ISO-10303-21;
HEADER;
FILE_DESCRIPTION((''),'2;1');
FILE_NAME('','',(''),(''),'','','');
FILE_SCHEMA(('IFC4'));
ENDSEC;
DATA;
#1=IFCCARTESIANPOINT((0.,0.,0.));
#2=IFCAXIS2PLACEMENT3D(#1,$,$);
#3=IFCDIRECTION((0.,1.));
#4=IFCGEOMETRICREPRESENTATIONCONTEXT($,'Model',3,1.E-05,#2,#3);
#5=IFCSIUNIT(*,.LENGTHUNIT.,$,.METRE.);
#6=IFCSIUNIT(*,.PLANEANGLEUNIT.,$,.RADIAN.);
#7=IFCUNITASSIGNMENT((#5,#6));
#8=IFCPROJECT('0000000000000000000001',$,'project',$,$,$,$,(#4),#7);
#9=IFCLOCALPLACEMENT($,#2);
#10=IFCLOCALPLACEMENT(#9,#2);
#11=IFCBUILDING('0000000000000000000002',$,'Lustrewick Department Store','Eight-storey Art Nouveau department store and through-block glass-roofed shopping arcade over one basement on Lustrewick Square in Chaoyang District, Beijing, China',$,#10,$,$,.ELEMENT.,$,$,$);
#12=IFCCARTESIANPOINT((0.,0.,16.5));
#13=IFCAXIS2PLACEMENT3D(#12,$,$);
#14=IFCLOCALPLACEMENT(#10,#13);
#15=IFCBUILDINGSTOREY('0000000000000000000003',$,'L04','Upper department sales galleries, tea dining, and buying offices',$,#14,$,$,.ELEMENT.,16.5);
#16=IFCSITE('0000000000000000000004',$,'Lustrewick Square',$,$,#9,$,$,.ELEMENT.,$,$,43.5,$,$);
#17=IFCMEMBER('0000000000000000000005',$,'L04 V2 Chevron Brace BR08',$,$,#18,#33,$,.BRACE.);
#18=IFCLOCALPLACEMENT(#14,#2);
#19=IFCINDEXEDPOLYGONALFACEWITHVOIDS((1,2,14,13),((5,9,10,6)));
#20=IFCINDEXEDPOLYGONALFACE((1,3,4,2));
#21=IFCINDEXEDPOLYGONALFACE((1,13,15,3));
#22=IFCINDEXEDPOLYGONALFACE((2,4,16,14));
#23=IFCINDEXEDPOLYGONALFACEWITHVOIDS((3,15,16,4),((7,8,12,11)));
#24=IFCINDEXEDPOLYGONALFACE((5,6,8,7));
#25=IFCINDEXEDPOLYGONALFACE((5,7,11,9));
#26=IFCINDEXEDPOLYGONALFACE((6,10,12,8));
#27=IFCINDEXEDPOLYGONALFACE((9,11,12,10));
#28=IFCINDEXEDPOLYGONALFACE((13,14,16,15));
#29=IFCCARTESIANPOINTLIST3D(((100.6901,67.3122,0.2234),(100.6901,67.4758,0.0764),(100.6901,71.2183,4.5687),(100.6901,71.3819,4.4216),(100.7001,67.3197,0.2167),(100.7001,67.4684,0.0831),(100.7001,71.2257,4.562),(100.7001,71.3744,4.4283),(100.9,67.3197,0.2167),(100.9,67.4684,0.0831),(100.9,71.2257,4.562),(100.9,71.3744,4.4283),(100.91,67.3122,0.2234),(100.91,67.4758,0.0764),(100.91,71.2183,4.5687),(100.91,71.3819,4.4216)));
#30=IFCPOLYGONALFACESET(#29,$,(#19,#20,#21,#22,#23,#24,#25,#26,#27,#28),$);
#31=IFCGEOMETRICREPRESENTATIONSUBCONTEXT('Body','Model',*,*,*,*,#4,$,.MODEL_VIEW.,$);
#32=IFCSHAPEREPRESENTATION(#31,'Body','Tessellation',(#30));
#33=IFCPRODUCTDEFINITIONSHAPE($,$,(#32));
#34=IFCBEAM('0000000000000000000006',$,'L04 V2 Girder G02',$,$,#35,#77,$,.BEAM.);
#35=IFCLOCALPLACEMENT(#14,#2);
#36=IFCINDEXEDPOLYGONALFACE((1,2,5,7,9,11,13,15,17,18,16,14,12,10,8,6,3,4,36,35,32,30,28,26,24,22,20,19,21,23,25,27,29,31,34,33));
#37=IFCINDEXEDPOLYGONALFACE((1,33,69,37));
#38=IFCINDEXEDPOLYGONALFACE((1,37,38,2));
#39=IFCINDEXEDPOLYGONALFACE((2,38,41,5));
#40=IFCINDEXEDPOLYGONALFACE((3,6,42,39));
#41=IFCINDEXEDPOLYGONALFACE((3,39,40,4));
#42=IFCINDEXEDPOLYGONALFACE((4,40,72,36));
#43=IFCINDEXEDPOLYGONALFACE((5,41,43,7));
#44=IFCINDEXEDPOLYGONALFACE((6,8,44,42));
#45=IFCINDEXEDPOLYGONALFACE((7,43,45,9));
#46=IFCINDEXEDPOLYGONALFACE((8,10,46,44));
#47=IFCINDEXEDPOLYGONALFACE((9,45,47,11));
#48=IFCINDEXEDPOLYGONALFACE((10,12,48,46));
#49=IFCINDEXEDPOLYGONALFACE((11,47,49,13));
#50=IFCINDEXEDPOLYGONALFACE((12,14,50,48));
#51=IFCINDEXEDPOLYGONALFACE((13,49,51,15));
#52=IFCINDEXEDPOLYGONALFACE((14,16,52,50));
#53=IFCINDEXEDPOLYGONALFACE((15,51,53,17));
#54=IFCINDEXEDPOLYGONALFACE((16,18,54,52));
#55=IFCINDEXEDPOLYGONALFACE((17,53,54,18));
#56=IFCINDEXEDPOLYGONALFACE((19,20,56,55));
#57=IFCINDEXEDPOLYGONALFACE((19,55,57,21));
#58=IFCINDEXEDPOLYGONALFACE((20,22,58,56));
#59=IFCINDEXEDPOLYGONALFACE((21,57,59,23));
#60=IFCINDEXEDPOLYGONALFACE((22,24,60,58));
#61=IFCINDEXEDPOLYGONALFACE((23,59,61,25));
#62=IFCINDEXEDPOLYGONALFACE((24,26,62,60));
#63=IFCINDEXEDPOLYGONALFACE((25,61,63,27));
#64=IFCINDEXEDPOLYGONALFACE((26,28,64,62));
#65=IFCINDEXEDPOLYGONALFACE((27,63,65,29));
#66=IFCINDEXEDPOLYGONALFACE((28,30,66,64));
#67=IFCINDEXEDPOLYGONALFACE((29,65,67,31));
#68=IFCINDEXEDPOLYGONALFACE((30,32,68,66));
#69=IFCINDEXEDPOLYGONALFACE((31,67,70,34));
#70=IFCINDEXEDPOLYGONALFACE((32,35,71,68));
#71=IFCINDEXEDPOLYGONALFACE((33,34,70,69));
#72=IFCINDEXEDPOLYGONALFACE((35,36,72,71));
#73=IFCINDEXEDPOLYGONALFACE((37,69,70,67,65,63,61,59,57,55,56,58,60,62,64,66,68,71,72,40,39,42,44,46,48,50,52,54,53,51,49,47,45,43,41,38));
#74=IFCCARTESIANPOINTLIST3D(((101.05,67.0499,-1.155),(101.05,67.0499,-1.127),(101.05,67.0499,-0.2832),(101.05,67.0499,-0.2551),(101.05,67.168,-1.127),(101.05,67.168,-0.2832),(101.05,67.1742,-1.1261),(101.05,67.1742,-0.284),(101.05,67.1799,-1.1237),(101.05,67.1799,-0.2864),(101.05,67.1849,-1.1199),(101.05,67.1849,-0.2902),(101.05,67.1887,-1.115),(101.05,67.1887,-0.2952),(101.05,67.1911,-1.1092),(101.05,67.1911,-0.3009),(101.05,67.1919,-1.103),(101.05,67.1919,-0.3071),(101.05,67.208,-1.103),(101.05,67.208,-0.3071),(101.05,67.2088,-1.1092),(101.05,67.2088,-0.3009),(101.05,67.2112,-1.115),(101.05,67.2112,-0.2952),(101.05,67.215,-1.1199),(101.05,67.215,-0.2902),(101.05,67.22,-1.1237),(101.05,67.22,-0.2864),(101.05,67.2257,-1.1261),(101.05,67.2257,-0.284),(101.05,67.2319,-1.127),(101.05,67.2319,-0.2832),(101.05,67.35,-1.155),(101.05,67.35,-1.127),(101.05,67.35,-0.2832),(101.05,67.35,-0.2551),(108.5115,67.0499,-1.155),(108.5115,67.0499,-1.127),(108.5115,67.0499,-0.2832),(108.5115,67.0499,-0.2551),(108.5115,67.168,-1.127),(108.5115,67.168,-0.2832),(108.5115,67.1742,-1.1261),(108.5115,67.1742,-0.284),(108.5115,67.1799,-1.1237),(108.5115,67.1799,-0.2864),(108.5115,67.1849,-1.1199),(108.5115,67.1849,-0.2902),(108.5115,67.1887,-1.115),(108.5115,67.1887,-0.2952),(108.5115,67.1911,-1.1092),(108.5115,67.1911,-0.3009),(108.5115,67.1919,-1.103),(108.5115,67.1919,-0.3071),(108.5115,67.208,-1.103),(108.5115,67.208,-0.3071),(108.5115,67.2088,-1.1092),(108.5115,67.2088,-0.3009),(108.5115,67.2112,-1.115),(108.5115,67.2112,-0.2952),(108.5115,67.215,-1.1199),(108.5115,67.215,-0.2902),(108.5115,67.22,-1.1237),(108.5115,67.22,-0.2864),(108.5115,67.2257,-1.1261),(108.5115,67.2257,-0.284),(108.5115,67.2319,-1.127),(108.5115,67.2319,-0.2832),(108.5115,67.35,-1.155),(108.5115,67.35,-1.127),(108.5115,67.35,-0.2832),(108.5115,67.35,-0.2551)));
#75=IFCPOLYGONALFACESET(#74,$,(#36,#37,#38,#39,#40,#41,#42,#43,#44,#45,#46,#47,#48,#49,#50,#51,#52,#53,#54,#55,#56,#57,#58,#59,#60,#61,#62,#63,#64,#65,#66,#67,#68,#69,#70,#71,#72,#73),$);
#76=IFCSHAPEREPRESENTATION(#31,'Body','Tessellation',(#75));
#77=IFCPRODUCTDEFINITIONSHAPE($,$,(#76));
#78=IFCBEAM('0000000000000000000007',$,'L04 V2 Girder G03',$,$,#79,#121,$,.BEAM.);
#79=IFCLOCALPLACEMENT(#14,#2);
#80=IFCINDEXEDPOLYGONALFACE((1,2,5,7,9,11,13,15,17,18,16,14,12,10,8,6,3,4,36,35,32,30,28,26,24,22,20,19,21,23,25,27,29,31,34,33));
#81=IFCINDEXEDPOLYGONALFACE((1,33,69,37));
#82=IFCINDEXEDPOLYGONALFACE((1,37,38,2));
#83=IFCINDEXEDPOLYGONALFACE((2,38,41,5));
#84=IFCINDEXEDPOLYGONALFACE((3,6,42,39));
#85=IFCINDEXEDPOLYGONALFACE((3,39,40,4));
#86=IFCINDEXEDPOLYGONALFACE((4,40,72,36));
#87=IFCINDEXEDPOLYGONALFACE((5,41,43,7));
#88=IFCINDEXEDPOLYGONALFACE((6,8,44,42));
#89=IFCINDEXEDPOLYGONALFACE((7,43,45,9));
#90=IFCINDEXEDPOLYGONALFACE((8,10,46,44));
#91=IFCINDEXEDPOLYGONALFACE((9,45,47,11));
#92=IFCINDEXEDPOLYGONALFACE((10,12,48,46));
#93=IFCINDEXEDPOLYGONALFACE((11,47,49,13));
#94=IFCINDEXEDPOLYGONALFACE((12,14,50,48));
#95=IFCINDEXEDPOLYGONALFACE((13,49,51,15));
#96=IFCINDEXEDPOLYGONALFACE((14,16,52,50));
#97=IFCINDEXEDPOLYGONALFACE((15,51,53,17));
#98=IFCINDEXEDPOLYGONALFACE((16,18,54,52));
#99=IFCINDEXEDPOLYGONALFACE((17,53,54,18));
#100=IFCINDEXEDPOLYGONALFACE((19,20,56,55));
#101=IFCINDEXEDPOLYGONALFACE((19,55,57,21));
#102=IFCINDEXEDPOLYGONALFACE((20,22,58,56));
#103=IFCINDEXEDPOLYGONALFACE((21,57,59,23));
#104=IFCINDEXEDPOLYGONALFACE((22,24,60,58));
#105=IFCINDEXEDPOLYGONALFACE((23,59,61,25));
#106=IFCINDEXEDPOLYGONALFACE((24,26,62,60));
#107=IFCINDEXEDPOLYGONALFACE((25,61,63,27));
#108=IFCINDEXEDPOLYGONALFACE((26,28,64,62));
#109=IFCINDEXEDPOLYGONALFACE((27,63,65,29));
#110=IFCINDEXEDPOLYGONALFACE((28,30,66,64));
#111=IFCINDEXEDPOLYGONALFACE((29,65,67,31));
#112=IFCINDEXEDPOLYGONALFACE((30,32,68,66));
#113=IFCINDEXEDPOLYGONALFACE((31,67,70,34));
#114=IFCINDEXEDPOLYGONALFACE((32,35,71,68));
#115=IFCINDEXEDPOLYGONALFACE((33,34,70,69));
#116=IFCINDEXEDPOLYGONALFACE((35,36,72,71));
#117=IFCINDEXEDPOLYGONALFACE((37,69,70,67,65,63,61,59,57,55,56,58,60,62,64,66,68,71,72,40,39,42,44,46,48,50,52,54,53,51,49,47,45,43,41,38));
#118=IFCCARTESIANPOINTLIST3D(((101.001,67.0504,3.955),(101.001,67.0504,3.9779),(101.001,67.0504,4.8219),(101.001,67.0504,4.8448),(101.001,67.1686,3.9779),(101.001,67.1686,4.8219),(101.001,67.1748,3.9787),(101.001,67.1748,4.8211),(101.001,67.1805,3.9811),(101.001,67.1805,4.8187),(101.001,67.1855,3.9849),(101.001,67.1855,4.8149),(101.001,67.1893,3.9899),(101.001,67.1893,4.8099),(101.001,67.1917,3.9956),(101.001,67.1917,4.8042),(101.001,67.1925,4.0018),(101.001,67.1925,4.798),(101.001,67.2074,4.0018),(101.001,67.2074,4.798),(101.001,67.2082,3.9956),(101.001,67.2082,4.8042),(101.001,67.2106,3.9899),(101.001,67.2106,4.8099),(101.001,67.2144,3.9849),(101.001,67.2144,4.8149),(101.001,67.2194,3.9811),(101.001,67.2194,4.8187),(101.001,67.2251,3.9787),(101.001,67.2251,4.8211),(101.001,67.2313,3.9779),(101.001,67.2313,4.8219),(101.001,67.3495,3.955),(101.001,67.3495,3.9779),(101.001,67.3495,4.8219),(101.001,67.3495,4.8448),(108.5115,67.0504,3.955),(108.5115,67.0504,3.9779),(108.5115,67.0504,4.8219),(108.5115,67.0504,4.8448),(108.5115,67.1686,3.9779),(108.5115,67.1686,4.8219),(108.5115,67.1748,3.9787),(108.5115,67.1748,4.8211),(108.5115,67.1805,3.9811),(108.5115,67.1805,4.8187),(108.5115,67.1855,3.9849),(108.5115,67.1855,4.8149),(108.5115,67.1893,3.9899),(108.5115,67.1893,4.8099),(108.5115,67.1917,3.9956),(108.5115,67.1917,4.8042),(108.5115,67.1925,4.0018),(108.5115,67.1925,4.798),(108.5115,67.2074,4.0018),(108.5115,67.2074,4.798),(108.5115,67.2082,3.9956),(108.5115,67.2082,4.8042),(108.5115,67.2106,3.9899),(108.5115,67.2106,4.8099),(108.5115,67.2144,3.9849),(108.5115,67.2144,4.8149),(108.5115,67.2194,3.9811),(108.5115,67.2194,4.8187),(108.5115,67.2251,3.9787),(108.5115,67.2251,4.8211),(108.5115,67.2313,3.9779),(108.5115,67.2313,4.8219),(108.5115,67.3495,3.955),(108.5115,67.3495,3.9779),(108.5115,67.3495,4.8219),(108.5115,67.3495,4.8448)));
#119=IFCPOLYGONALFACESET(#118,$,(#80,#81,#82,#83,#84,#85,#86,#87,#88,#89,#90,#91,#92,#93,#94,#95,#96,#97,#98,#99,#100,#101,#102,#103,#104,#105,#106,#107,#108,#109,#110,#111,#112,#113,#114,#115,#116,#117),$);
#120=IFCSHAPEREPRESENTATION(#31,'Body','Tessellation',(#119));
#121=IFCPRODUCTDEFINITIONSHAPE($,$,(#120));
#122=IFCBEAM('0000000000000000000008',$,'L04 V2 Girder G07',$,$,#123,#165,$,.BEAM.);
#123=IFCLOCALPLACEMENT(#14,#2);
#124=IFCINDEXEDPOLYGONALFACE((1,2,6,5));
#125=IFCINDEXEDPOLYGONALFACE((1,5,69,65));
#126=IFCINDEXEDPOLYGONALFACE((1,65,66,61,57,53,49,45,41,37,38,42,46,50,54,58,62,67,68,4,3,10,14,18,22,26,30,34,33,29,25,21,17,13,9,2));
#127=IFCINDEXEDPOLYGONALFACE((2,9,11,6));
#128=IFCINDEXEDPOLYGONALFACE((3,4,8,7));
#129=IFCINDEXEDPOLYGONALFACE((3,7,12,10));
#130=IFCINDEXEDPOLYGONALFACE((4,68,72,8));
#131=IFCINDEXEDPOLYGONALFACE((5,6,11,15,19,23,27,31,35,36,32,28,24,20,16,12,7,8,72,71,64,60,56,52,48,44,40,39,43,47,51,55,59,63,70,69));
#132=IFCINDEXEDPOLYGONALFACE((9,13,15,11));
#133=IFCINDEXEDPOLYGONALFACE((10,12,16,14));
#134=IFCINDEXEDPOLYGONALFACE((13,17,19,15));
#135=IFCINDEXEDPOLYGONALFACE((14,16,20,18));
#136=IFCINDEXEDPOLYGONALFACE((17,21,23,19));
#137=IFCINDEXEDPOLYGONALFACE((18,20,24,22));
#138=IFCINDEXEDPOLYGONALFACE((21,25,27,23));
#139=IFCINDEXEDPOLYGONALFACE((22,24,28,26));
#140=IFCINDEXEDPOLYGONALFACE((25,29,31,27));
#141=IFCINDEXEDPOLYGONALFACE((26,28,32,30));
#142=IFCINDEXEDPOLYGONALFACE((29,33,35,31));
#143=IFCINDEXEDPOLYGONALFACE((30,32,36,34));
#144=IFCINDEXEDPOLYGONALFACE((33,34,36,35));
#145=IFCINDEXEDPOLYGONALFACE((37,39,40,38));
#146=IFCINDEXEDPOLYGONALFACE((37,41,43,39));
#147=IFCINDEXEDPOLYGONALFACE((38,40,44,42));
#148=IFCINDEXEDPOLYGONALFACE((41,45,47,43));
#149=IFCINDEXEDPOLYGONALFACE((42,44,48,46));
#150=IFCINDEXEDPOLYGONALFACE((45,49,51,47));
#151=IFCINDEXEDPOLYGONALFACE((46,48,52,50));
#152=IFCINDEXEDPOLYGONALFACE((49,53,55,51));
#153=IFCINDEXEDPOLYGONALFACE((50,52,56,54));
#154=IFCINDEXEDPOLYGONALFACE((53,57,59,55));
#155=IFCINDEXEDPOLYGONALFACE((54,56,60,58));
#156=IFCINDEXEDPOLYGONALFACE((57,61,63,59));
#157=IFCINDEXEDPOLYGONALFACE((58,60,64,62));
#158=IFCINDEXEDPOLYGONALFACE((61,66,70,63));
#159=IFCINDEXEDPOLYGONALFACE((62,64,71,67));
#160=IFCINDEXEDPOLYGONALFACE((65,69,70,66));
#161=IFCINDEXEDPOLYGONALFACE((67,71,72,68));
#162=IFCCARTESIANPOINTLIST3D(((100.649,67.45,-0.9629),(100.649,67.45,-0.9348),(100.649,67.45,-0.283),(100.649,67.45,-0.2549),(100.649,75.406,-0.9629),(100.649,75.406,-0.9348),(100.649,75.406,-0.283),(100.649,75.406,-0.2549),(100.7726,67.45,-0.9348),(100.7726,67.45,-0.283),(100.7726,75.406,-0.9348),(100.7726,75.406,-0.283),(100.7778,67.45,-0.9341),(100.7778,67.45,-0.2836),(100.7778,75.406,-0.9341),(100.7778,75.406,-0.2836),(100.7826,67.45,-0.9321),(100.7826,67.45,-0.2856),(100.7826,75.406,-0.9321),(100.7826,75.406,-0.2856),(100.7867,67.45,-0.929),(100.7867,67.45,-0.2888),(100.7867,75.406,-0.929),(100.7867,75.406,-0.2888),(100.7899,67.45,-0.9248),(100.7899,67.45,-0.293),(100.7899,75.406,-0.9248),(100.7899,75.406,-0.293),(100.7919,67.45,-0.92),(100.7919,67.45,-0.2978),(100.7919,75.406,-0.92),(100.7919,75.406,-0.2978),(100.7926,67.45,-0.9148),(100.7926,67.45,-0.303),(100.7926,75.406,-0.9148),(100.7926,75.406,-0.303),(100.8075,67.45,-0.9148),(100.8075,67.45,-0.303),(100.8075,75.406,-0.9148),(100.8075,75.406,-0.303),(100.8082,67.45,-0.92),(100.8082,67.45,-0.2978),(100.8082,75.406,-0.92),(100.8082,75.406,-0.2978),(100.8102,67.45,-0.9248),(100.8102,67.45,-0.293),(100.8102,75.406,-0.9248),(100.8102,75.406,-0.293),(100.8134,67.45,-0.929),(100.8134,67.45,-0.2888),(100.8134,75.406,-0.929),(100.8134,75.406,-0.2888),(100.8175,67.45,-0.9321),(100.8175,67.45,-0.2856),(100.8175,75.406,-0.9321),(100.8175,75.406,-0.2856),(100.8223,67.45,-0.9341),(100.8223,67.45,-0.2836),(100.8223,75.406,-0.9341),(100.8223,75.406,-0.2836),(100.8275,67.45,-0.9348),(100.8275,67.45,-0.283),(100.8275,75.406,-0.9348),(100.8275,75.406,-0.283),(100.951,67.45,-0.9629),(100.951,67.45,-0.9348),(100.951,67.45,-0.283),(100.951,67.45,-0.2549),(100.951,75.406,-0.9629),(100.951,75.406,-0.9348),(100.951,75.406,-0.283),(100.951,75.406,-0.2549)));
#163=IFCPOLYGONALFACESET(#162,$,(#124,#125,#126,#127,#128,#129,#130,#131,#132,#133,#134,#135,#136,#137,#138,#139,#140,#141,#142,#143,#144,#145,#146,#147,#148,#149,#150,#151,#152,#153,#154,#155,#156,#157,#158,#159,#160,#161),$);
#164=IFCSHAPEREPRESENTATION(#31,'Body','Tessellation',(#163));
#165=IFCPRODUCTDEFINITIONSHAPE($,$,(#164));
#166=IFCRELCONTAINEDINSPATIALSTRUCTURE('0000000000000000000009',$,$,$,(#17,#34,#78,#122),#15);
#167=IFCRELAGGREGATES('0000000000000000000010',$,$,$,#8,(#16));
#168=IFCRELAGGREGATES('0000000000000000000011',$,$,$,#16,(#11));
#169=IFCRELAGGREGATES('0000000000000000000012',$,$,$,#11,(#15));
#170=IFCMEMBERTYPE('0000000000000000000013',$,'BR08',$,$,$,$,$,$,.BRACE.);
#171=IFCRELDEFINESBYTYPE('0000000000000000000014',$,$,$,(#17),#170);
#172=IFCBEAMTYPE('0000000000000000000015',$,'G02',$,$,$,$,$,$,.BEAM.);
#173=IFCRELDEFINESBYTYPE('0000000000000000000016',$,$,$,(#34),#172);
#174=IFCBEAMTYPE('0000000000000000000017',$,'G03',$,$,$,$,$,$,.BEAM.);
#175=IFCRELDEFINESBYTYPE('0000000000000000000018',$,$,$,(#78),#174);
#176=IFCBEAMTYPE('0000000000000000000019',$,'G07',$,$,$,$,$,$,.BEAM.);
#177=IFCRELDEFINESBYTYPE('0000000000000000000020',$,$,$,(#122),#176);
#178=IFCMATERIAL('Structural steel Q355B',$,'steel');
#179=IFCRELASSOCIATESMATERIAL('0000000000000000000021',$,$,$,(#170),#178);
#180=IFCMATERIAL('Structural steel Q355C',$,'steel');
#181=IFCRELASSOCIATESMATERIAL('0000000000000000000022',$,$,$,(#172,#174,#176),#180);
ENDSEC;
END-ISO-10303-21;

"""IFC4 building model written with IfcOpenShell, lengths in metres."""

from ifc_helpers import new_model, si_unit, direction, frame, origin, origin_2d, place, context, subcontext, project, spatial, hollow_rectangle, i_section, extrude, material, material_profile, profile_set, type_object, element, save


model = new_model("IFC4")

# Units and contexts
model_context = context("Model", 3, precision=1e-05, world=origin(), true_north=direction((0.0, 1.0)))
body_context = subcontext(model_context, "Body", "Model", "MODEL_VIEW")
ifc_project = project(units=[si_unit("LENGTHUNIT", "METRE"), si_unit("PLANEANGLEUNIT", "RADIAN")], contexts=[model_context])

# Site, building, storey
site_placement = place(None, origin())
site = spatial("IfcSite", under=ifc_project, at=site_placement, Name="Lustrewick Square", CompositionType="ELEMENT", RefElevation=43.5)
building_placement = place(site_placement, origin())
building = spatial("IfcBuilding", under=site, at=building_placement, Name="Lustrewick Department Store", Description="Eight-storey Art Nouveau department store and through-block glass-roofed shopping arcade over one basement on Lustrewick Square in Chaoyang District, Beijing, China", CompositionType="ELEMENT")
storey_placement = place(building_placement, frame((0.0, 0.0, 16.5)))
storey = spatial("IfcBuildingStorey", under=building, at=storey_placement, Name="L04", Description="Upper department sales galleries, tea dining, and buying offices", CompositionType="ELEMENT", Elevation=16.5)

# Shared definitions
ifc_material_1 = material(Name="Structural steel Q355B", Category="steel")

# Member
ifc_material_profile_1 = material_profile(ifc_material_1, hollow_rectangle(XDim=0.22, YDim=0.22, WallThickness=0.01, at=origin_2d()), Name="SHS 220x220x10")
ifc_profile_set_1 = profile_set([ifc_material_profile_1], Name="Structural steel Q355B")
member_type = type_object("IfcMemberType", Name="BR08", PredefinedType="BRACE", material=ifc_profile_set_1)
member_placement = place(storey_placement, frame((100.8, 67.394, 0.1499), z_axis=(0.0, 0.668521, 0.743693), x_axis=(-1.0, 0.0, 0.0)))
element("IfcMember", 1, at=member_placement, inside=storey, type_object=member_type, Name="L04 V2 Chevron Brace BR08", PredefinedType="BRACE", context=body_context, shape_type="SweptSolid", body=[
    extrude(hollow_rectangle(XDim=0.22, YDim=0.22, WallThickness=0.01, at=origin_2d()), origin(), (0.0, 0.0, 1.0), 5.8428),
])

# Beams
ifc_material_2 = material(Name="Structural steel Q355C", Category="steel")
ifc_material_profile_2 = material_profile(ifc_material_2, i_section(OverallWidth=0.3, OverallDepth=0.8999, WebThickness=0.0161, FlangeThickness=0.0281, FilletRadius=0.0239, at=origin_2d()), Name="HN 900x300x16x28")
ifc_profile_set_2 = profile_set([ifc_material_profile_2], Name="Structural steel Q355C")
beam_type_1 = type_object("IfcBeamType", Name="G02", PredefinedType="BEAM", material=ifc_profile_set_2)
beam_1_placement = place(storey_placement, frame((101.05, 67.2, -0.7051), z_axis=(1.0, 0.0, 0.0), x_axis=(0.0, 1.0, 0.0)))
element("IfcBeam", 2, at=beam_1_placement, inside=storey, type_object=beam_type_1, Name="L04 V2 Girder G02", PredefinedType="BEAM", context=body_context, shape_type="SweptSolid", body=[
    extrude(i_section(OverallWidth=0.3, OverallDepth=0.8999, WebThickness=0.0161, FlangeThickness=0.0281, FilletRadius=0.0239, at=origin_2d()), origin(), (0.0, 0.0, 1.0), 7.4614),
])
ifc_material_profile_3 = material_profile(ifc_material_2, i_section(OverallWidth=0.2991, OverallDepth=0.8899, WebThickness=0.0149, FlangeThickness=0.0229, FilletRadius=0.0239, at=origin_2d()), Name="HN 890x299x15x23")
ifc_profile_set_3 = profile_set([ifc_material_profile_3], Name="Structural steel Q355C")
beam_type_2 = type_object("IfcBeamType", Name="G03", PredefinedType="BEAM", material=ifc_profile_set_3)
beam_2_placement = place(storey_placement, frame((101.001, 67.2, 4.3999), z_axis=(1.0, 0.0, 0.0), x_axis=(0.0, 1.0, 0.0)))
element("IfcBeam", 3, at=beam_2_placement, inside=storey, type_object=beam_type_2, Name="L04 V2 Girder G03", PredefinedType="BEAM", context=body_context, shape_type="SweptSolid", body=[
    extrude(i_section(OverallWidth=0.2991, OverallDepth=0.8899, WebThickness=0.0149, FlangeThickness=0.0229, FilletRadius=0.0239, at=origin_2d()), origin(), (0.0, 0.0, 1.0), 7.5105),
])
ifc_material_profile_4 = material_profile(ifc_material_2, i_section(OverallWidth=0.302, OverallDepth=0.708, WebThickness=0.0149, FlangeThickness=0.0281, FilletRadius=0.02, at=origin_2d()), Name="HN 708x302x15x28")
ifc_profile_set_4 = profile_set([ifc_material_profile_4], Name="Structural steel Q355C")
beam_type_3 = type_object("IfcBeamType", Name="G07", PredefinedType="BEAM", material=ifc_profile_set_4)
beam_3_placement = place(storey_placement, frame((100.8, 67.45, -0.6089), z_axis=(0.0, 1.0, 0.0), x_axis=(-1.0, 0.0, 0.0)))
element("IfcBeam", 4, at=beam_3_placement, inside=storey, type_object=beam_type_3, Name="L04 V2 Girder G07", PredefinedType="BEAM", context=body_context, shape_type="SweptSolid", body=[
    extrude(i_section(OverallWidth=0.302, OverallDepth=0.708, WebThickness=0.0149, FlangeThickness=0.0281, FilletRadius=0.02, at=origin_2d()), origin(), (0.0, 0.0, 1.0), 7.9561),
])

save(model, "model.ifc")
